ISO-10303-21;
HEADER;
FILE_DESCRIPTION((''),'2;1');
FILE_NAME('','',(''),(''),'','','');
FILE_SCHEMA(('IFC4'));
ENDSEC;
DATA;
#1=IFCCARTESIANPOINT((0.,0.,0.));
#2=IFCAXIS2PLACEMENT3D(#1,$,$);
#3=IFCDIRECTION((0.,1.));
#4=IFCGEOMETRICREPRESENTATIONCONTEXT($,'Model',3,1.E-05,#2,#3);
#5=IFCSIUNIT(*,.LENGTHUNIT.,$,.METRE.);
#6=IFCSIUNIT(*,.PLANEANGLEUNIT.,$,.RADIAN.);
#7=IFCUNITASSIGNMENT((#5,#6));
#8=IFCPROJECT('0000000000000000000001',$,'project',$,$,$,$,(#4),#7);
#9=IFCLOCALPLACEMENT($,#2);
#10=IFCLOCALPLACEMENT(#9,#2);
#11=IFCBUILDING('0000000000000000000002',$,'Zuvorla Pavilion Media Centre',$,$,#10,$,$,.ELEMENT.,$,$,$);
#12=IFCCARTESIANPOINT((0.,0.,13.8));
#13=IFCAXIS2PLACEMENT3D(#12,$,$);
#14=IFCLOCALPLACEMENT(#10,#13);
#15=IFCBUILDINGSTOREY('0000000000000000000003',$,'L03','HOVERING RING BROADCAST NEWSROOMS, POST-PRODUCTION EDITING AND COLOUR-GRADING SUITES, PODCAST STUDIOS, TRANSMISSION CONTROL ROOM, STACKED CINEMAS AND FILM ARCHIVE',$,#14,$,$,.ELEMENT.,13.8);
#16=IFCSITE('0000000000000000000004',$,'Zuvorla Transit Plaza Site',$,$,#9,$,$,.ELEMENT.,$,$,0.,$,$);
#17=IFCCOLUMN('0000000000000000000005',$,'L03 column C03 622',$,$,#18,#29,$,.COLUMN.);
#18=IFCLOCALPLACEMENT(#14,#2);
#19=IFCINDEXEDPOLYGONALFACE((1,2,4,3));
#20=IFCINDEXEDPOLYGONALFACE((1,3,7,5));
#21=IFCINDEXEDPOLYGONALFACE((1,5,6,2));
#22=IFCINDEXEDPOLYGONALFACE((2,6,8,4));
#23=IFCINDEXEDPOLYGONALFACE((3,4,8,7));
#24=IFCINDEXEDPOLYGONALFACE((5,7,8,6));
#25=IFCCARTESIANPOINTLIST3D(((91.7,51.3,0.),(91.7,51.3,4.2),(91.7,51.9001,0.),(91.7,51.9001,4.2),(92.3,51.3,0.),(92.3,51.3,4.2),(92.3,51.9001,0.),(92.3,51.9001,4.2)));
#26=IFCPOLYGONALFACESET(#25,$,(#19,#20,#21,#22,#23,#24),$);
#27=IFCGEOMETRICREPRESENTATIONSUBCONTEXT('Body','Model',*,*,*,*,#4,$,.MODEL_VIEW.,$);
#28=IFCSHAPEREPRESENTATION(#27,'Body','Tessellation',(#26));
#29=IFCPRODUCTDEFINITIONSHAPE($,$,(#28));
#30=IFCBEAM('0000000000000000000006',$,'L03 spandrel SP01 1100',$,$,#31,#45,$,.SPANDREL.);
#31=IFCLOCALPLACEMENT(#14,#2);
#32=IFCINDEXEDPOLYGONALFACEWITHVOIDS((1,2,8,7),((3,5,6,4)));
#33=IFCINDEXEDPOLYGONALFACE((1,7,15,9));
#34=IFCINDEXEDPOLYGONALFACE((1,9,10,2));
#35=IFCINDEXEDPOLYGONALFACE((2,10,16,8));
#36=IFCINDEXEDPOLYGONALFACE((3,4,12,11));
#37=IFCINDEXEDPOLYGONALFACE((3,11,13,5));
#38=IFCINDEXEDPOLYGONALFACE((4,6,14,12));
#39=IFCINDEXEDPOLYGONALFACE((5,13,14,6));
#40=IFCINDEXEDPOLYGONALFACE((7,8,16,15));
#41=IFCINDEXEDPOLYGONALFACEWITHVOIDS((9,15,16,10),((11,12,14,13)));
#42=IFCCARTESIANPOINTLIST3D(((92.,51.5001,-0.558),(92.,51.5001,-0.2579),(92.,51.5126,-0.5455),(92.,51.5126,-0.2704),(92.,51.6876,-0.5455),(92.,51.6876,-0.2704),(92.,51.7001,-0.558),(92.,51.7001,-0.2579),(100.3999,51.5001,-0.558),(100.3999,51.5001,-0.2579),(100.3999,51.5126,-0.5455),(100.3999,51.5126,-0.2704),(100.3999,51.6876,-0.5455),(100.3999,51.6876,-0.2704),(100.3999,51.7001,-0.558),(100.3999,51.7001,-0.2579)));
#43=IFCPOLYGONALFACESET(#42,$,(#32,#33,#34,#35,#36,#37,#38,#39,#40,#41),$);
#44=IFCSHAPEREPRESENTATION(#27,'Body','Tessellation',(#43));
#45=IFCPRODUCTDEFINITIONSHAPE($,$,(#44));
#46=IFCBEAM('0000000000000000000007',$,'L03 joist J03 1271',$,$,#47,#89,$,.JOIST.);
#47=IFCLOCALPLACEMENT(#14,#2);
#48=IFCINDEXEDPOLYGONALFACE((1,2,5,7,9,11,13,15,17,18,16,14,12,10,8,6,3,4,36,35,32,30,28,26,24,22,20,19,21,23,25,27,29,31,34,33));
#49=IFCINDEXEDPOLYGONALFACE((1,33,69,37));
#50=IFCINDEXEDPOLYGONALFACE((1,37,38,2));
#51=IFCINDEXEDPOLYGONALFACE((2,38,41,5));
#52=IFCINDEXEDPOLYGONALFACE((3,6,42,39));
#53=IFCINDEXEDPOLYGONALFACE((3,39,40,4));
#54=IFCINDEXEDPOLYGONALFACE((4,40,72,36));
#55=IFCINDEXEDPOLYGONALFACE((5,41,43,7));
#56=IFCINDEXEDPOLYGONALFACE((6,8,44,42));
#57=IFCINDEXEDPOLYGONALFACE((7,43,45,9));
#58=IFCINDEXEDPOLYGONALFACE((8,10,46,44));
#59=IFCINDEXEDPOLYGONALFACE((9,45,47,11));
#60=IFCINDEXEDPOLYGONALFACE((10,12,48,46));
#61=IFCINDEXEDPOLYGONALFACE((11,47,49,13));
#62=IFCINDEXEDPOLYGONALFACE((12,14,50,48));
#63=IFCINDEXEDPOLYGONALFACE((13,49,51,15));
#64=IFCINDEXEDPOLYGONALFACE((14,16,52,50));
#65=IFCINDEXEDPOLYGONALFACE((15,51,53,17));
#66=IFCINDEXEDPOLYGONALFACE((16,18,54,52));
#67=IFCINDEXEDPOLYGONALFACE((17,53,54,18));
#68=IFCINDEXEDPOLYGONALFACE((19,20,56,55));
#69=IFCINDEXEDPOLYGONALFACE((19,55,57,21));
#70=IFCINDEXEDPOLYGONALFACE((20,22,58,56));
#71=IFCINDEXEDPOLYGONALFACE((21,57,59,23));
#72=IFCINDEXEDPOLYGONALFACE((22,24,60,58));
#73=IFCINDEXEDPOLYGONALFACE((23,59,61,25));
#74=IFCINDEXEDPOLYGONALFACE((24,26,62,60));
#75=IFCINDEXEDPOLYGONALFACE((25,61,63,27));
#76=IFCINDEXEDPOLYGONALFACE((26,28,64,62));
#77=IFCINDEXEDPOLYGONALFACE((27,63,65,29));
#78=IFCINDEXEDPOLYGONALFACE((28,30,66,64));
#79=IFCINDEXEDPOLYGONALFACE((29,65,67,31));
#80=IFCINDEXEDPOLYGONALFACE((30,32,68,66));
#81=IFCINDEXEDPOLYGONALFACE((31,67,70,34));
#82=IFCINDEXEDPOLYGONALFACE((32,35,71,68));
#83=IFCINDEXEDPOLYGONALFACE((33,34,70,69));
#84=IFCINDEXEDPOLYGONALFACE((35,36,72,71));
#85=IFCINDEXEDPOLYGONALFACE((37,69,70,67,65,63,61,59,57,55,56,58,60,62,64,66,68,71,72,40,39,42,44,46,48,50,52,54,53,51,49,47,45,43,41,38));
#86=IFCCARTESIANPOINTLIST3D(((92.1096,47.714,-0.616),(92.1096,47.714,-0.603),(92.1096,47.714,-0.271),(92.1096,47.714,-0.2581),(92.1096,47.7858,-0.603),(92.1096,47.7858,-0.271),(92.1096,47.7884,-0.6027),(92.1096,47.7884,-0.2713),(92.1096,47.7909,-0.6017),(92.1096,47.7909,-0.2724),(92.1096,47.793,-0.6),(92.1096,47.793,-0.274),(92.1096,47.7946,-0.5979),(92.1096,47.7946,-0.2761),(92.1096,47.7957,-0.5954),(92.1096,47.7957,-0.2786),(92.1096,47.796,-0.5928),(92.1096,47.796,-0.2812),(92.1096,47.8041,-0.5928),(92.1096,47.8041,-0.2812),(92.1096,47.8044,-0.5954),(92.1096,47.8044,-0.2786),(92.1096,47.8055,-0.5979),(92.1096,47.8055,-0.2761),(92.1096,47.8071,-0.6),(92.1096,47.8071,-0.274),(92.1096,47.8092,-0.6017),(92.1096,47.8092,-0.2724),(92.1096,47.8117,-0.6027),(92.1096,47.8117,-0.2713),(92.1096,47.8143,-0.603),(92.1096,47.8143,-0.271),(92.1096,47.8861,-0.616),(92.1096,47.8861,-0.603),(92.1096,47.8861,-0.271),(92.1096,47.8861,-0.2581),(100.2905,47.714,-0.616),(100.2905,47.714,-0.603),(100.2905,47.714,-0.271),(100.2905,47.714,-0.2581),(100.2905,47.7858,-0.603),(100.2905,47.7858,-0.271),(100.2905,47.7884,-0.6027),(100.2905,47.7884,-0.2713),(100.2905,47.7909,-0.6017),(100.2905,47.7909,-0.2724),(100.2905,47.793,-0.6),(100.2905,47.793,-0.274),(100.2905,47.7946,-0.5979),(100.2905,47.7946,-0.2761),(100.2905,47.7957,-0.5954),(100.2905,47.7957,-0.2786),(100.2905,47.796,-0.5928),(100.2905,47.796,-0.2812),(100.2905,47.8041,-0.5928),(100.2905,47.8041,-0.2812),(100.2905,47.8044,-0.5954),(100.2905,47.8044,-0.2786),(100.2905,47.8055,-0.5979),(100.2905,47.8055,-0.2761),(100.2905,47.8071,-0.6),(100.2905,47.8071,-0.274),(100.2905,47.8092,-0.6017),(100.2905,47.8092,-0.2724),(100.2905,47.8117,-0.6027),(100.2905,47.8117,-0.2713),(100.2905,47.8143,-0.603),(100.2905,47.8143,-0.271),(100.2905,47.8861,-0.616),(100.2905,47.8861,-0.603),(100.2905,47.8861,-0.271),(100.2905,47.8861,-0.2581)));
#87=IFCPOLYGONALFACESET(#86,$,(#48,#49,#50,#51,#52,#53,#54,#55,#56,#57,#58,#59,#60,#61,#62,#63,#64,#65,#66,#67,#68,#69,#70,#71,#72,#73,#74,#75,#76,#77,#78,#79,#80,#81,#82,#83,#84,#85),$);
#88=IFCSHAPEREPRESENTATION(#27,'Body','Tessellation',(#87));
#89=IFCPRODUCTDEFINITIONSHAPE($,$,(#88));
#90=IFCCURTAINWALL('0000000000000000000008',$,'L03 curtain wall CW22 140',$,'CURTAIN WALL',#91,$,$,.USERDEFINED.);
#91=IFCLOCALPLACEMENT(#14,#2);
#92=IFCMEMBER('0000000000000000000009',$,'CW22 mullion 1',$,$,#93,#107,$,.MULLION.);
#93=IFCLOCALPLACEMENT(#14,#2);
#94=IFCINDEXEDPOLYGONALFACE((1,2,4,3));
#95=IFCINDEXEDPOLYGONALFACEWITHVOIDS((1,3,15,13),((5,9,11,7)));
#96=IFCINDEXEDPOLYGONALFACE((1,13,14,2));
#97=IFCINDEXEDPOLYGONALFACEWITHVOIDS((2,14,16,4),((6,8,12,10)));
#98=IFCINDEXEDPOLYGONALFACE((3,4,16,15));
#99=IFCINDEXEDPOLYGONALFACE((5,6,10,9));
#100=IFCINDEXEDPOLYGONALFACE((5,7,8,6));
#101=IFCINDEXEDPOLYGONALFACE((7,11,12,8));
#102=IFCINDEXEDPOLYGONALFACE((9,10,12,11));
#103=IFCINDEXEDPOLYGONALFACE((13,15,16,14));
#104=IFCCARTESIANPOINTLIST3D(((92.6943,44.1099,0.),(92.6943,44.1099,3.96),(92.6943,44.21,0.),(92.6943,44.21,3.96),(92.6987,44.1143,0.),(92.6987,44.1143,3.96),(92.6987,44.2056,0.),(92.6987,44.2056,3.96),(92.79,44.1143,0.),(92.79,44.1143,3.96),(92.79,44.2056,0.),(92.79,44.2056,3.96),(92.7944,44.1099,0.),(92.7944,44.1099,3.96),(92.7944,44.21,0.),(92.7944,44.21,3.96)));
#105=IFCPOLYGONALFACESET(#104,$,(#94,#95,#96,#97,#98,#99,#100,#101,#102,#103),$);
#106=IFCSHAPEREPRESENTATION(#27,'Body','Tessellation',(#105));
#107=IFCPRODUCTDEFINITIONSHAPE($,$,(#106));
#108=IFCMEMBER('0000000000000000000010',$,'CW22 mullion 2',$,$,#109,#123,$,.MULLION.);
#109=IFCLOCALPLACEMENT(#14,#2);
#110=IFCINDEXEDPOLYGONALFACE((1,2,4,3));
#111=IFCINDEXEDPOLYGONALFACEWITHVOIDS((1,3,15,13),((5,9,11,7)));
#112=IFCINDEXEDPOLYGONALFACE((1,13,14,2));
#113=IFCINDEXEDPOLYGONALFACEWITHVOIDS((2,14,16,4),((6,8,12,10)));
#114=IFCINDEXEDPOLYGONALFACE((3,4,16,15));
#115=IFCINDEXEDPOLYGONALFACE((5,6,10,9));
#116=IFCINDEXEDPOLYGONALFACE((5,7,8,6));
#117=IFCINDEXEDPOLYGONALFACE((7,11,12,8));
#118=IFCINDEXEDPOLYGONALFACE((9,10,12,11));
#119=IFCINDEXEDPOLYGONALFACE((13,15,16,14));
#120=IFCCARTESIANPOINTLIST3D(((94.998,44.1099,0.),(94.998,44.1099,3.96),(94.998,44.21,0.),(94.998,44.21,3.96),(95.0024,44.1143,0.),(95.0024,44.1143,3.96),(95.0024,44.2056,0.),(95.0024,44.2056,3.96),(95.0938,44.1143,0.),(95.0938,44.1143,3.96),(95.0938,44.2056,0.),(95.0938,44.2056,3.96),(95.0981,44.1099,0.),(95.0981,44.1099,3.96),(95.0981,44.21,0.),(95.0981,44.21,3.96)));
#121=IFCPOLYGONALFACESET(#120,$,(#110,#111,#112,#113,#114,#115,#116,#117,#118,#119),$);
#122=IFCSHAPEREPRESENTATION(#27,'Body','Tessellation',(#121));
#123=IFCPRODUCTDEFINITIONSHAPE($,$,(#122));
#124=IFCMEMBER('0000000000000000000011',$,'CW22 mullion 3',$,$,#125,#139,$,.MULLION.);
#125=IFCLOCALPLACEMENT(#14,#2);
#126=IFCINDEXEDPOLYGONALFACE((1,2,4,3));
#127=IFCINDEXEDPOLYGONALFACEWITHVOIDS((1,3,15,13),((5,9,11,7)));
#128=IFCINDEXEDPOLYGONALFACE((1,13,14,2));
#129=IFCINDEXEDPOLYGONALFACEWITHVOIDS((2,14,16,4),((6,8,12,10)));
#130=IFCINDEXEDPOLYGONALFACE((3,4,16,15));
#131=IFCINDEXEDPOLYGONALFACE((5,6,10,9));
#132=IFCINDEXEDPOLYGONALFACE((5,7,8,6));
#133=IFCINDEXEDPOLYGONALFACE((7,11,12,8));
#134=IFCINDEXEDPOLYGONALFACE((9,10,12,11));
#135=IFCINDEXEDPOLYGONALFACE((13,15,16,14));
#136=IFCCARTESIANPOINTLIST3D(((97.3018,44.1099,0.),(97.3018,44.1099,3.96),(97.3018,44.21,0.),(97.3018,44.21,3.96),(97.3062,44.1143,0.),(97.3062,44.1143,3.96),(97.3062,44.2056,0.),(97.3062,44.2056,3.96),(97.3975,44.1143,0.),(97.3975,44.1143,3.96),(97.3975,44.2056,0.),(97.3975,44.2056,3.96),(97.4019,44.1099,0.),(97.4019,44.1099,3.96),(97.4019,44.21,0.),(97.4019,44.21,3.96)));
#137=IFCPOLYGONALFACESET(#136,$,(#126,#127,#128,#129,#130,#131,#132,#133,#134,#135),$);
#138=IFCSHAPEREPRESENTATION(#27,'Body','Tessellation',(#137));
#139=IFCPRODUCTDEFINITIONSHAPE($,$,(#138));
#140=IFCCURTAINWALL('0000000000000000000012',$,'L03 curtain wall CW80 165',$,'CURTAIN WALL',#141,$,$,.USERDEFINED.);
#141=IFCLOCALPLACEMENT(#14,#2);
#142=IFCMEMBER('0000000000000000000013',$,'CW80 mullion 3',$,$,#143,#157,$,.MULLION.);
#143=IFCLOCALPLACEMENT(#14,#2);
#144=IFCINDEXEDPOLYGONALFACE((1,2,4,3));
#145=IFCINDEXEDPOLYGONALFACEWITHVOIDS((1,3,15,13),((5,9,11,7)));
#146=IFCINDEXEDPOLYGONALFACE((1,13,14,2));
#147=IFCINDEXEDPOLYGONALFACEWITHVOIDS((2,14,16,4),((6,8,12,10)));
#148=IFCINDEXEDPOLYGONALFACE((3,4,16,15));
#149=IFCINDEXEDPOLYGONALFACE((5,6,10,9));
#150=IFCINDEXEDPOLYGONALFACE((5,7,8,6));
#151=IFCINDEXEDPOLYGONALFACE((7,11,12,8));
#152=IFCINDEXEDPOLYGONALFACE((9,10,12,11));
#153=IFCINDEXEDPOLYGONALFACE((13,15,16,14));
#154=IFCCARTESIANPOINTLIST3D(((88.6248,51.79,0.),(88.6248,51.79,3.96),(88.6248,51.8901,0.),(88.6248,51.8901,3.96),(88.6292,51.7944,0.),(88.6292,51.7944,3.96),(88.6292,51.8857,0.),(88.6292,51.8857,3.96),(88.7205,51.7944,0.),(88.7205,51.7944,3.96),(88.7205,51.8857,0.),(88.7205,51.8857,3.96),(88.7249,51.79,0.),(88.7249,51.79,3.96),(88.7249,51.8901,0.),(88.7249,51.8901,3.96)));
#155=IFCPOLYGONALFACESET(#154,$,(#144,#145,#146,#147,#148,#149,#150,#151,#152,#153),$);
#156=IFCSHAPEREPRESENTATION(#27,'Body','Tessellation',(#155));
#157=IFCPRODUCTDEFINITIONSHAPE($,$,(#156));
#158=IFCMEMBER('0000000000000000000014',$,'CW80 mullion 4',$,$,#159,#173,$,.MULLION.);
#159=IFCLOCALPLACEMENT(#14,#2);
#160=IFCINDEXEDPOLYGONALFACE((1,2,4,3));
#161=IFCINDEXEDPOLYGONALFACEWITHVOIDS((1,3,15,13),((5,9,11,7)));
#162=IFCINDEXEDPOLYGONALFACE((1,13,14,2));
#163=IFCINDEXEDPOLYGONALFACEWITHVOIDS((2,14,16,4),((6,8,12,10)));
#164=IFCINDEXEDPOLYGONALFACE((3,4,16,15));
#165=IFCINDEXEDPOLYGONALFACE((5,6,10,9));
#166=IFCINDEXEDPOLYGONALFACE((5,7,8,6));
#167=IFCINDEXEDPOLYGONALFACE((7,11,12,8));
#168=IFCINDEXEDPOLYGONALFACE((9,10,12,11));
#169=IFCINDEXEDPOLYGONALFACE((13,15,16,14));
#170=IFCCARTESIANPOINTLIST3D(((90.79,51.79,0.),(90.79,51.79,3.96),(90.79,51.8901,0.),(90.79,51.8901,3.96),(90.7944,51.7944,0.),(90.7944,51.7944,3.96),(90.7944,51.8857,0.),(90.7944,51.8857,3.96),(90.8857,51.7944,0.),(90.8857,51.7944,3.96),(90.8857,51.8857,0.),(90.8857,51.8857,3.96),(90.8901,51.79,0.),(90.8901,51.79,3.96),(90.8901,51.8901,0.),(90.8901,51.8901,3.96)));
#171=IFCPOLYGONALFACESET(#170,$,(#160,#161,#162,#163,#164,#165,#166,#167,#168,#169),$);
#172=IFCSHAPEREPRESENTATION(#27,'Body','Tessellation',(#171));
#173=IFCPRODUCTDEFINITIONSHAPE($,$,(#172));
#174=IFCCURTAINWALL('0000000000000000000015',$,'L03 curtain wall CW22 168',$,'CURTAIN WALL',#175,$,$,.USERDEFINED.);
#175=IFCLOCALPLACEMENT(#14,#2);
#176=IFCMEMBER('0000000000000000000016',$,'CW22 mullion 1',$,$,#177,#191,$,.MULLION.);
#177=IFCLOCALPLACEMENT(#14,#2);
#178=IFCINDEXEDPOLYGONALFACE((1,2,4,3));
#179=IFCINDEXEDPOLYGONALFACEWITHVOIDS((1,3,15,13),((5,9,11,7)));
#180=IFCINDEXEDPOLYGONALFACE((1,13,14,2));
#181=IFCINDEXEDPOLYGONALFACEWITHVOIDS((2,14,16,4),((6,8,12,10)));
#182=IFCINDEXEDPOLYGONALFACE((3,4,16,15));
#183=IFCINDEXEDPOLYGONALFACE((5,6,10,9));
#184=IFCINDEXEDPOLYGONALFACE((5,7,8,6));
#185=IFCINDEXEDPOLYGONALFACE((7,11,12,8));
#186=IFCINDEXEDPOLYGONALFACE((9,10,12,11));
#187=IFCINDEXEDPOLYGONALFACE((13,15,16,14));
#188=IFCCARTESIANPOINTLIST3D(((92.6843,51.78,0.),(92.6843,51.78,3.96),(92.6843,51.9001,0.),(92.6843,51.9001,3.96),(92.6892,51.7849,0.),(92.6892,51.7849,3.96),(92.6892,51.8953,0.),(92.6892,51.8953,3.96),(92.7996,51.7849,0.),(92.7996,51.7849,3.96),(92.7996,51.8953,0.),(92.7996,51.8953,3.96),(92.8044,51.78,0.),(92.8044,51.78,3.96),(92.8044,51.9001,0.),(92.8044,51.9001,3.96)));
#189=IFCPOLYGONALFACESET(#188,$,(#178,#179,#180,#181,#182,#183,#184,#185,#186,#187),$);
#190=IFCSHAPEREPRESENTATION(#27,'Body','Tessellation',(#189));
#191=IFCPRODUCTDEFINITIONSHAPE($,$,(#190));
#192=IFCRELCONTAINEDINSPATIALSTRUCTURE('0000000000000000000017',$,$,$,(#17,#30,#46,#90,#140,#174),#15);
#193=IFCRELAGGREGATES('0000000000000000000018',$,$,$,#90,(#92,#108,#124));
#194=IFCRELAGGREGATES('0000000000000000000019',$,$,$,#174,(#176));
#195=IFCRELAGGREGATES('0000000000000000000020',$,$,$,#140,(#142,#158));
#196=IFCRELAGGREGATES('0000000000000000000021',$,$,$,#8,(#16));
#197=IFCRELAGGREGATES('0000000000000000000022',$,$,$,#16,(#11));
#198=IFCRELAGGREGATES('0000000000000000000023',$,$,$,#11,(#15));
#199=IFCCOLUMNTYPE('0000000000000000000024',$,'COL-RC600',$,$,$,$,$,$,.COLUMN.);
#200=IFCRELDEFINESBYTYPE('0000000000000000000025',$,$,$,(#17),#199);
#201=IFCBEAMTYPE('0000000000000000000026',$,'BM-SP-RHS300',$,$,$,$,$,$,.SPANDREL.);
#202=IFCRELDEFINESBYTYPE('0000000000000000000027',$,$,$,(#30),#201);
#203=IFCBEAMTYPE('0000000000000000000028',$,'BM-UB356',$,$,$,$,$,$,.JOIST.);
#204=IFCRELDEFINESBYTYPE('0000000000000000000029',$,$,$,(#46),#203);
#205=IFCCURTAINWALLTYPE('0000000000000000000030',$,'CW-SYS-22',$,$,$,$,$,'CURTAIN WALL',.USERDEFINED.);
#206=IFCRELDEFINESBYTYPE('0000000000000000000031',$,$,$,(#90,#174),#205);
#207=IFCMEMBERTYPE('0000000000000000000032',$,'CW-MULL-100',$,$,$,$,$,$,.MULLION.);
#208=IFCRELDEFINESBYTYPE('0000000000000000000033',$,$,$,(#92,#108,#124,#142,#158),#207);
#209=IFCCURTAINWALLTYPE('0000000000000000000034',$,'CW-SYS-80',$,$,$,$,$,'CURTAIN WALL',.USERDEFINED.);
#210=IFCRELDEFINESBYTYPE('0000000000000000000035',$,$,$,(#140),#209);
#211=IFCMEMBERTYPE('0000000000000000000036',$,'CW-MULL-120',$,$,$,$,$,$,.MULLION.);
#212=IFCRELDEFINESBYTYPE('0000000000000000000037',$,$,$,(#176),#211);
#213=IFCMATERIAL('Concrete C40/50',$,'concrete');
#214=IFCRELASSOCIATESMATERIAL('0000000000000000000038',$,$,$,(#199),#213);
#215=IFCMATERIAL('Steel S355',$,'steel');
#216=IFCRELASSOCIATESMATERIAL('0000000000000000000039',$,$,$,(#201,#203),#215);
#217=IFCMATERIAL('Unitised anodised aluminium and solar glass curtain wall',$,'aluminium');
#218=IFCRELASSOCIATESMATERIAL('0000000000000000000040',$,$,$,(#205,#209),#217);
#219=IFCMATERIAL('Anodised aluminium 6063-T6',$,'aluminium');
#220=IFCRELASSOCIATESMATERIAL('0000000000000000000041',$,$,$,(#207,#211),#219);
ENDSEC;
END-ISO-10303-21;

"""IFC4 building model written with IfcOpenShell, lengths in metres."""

from ifc_helpers import new_model, si_unit, direction, frame, origin, origin_2d, place, context, subcontext, project, spatial, rectangle, hollow_rectangle, i_section, extrude, material, material_profile, profile_set, type_object, element, aggregate, save


model = new_model("IFC4")

# Units and contexts
model_context = context("Model", 3, precision=1e-05, world=origin(), true_north=direction((0.0, 1.0)))
body_context = subcontext(model_context, "Body", "Model", "MODEL_VIEW")
ifc_project = project(units=[si_unit("LENGTHUNIT", "METRE"), si_unit("PLANEANGLEUNIT", "RADIAN")], contexts=[model_context])

# Site, building, storey
site_placement = place(None, origin())
site = spatial("IfcSite", under=ifc_project, at=site_placement, Name="Zuvorla Transit Plaza Site", CompositionType="ELEMENT", RefElevation=0.0)
building_placement = place(site_placement, origin())
building = spatial("IfcBuilding", under=site, at=building_placement, Name="Zuvorla Pavilion Media Centre", CompositionType="ELEMENT")
storey_placement = place(building_placement, frame((0.0, 0.0, 13.8)))
storey = spatial("IfcBuildingStorey", under=building, at=storey_placement, Name="L03", Description="HOVERING RING BROADCAST NEWSROOMS, POST-PRODUCTION EDITING AND COLOUR-GRADING SUITES, PODCAST STUDIOS, TRANSMISSION CONTROL ROOM, STACKED CINEMAS AND FILM ARCHIVE", CompositionType="ELEMENT", Elevation=13.8)

# Column
ifc_material_1 = material(Name="Concrete C40/50", Category="concrete")
ifc_material_profile_1 = material_profile(ifc_material_1, rectangle(XDim=0.6001, YDim=0.6001, at=origin_2d()), Name="RC 600x600")
ifc_profile_set_1 = profile_set([ifc_material_profile_1], Name="Concrete C40/50")
column_type = type_object("IfcColumnType", Name="COL-RC600", PredefinedType="COLUMN", material=ifc_profile_set_1)
column_placement = place(storey_placement, frame((92.0, 51.6001, 0.0), z_axis=(0.0, 0.0, 1.0), x_axis=(1.0, 0.0, 0.0)))
element("IfcColumn", 1, at=column_placement, inside=storey, type_object=column_type, Name="L03 column C03 622", PredefinedType="COLUMN", context=body_context, shape_type="SweptSolid", body=[
    extrude(rectangle(XDim=0.6001, YDim=0.6001, at=origin_2d()), origin(), (0.0, 0.0, 1.0), 4.2),
])

# Beams
ifc_material_2 = material(Name="Steel S355", Category="steel")
ifc_material_profile_2 = material_profile(ifc_material_2, hollow_rectangle(XDim=0.2, YDim=0.3, WallThickness=0.0125, at=origin_2d()), Name="RHS 300x200x12.5")
ifc_profile_set_2 = profile_set([ifc_material_profile_2], Name="Steel S355")
beam_type_1 = type_object("IfcBeamType", Name="BM-SP-RHS300", PredefinedType="SPANDREL", material=ifc_profile_set_2)
beam_1_placement = place(storey_placement, frame((92.0, 51.6001, -0.408), z_axis=(1.0, 0.0, 0.0), x_axis=(0.0, 1.0, 0.0)))
element("IfcBeam", 2, at=beam_1_placement, inside=storey, type_object=beam_type_1, Name="L03 spandrel SP01 1100", PredefinedType="SPANDREL", context=body_context, shape_type="SweptSolid", body=[
    extrude(hollow_rectangle(XDim=0.2, YDim=0.3, WallThickness=0.0125, at=origin_2d()), origin(), (0.0, 0.0, 1.0), 8.3999),
])
ifc_material_profile_3 = material_profile(ifc_material_2, i_section(OverallWidth=0.1721, OverallDepth=0.3579, WebThickness=0.0081, FlangeThickness=0.0129, FilletRadius=0.0103, at=origin_2d()), Name="UB 356x171x57")
ifc_profile_set_3 = profile_set([ifc_material_profile_3], Name="Steel S355")
beam_type_2 = type_object("IfcBeamType", Name="BM-UB356", PredefinedType="JOIST", material=ifc_profile_set_3)
beam_2_placement = place(storey_placement, frame((92.1096, 47.8, -0.437), z_axis=(1.0, 0.0, 0.0), x_axis=(0.0, 1.0, 0.0)))
element("IfcBeam", 3, at=beam_2_placement, inside=storey, type_object=beam_type_2, Name="L03 joist J03 1271", PredefinedType="JOIST", context=body_context, shape_type="SweptSolid", body=[
    extrude(i_section(OverallWidth=0.1721, OverallDepth=0.3579, WebThickness=0.0081, FlangeThickness=0.0129, FilletRadius=0.0103, at=origin_2d()), origin(), (0.0, 0.0, 1.0), 8.1809),
])

# Curtain walls, members
ifc_material_3 = material(Name="Unitised anodised aluminium and solar glass curtain wall", Category="aluminium")
curtain_wall_type_1 = type_object("IfcCurtainWallType", Name="CW-SYS-22", ElementType="CURTAIN WALL", PredefinedType="USERDEFINED", material=ifc_material_3)
curtain_wall_1_placement = place(storey_placement, origin())
curtain_wall_1 = element("IfcCurtainWall", 4, at=curtain_wall_1_placement, inside=storey, type_object=curtain_wall_type_1, Name="L03 curtain wall CW22 140", ObjectType="CURTAIN WALL", PredefinedType="USERDEFINED")
ifc_material_4 = material(Name="Anodised aluminium 6063-T6", Category="aluminium")
ifc_material_profile_4 = material_profile(ifc_material_4, hollow_rectangle(XDim=0.1001, YDim=0.1001, WallThickness=0.0044, at=origin_2d()), Name="ALU MULL 100x100")
ifc_profile_set_4 = profile_set([ifc_material_profile_4], Name="Anodised aluminium 6063-T6")
member_type_1 = type_object("IfcMemberType", Name="CW-MULL-100", PredefinedType="MULLION", material=ifc_profile_set_4)
member_1_placement = place(storey_placement, frame((92.7444, 44.1599, 0.0), z_axis=(0.0, 0.0, 1.0), x_axis=(1.0, 0.0, 0.0)))
member_1 = element("IfcMember", 5, at=member_1_placement, type_object=member_type_1, Name="CW22 mullion 1", PredefinedType="MULLION", context=body_context, shape_type="SweptSolid", body=[
    extrude(hollow_rectangle(XDim=0.1001, YDim=0.1001, WallThickness=0.0044, at=origin_2d()), origin(), (0.0, 0.0, 1.0), 3.96),
])
member_2_placement = place(storey_placement, frame((95.0481, 44.1599, 0.0), z_axis=(0.0, 0.0, 1.0), x_axis=(1.0, 0.0, 0.0)))
member_2 = element("IfcMember", 6, at=member_2_placement, type_object=member_type_1, Name="CW22 mullion 2", PredefinedType="MULLION", context=body_context, shape_type="SweptSolid", body=[
    extrude(hollow_rectangle(XDim=0.1001, YDim=0.1001, WallThickness=0.0044, at=origin_2d()), origin(), (0.0, 0.0, 1.0), 3.96),
])
member_3_placement = place(storey_placement, frame((97.3518, 44.1599, 0.0), z_axis=(0.0, 0.0, 1.0), x_axis=(1.0, 0.0, 0.0)))
member_3 = element("IfcMember", 7, at=member_3_placement, type_object=member_type_1, Name="CW22 mullion 3", PredefinedType="MULLION", context=body_context, shape_type="SweptSolid", body=[
    extrude(hollow_rectangle(XDim=0.1001, YDim=0.1001, WallThickness=0.0044, at=origin_2d()), origin(), (0.0, 0.0, 1.0), 3.96),
])
curtain_wall_type_2 = type_object("IfcCurtainWallType", Name="CW-SYS-80", ElementType="CURTAIN WALL", PredefinedType="USERDEFINED", material=ifc_material_3)
curtain_wall_2_placement = place(storey_placement, origin())
curtain_wall_2 = element("IfcCurtainWall", 8, at=curtain_wall_2_placement, inside=storey, type_object=curtain_wall_type_2, Name="L03 curtain wall CW80 165", ObjectType="CURTAIN WALL", PredefinedType="USERDEFINED")
member_4_placement = place(storey_placement, frame((88.6748, 51.8401, 0.0), z_axis=(0.0, 0.0, 1.0), x_axis=(1.0, 0.0, 0.0)))
member_4 = element("IfcMember", 9, at=member_4_placement, type_object=member_type_1, Name="CW80 mullion 3", PredefinedType="MULLION", context=body_context, shape_type="SweptSolid", body=[
    extrude(hollow_rectangle(XDim=0.1001, YDim=0.1001, WallThickness=0.0044, at=origin_2d()), origin(), (0.0, 0.0, 1.0), 3.96),
])
member_5_placement = place(storey_placement, frame((90.8401, 51.8401, 0.0), z_axis=(0.0, 0.0, 1.0), x_axis=(1.0, 0.0, 0.0)))
member_5 = element("IfcMember", 10, at=member_5_placement, type_object=member_type_1, Name="CW80 mullion 4", PredefinedType="MULLION", context=body_context, shape_type="SweptSolid", body=[
    extrude(hollow_rectangle(XDim=0.1001, YDim=0.1001, WallThickness=0.0044, at=origin_2d()), origin(), (0.0, 0.0, 1.0), 3.96),
])
curtain_wall_3_placement = place(storey_placement, origin())
curtain_wall_3 = element("IfcCurtainWall", 11, at=curtain_wall_3_placement, inside=storey, type_object=curtain_wall_type_1, Name="L03 curtain wall CW22 168", ObjectType="CURTAIN WALL", PredefinedType="USERDEFINED")
ifc_material_profile_5 = material_profile(ifc_material_4, hollow_rectangle(XDim=0.1201, YDim=0.1201, WallThickness=0.0049, at=origin_2d()), Name="ALU MULL 120x120")
ifc_profile_set_5 = profile_set([ifc_material_profile_5], Name="Anodised aluminium 6063-T6")
member_type_2 = type_object("IfcMemberType", Name="CW-MULL-120", PredefinedType="MULLION", material=ifc_profile_set_5)
member_6_placement = place(storey_placement, frame((92.7444, 51.8401, 0.0), z_axis=(0.0, 0.0, 1.0), x_axis=(1.0, 0.0, 0.0)))
member_6 = element("IfcMember", 12, at=member_6_placement, type_object=member_type_2, Name="CW22 mullion 1", PredefinedType="MULLION", context=body_context, shape_type="SweptSolid", body=[
    extrude(hollow_rectangle(XDim=0.1201, YDim=0.1201, WallThickness=0.0049, at=origin_2d()), origin(), (0.0, 0.0, 1.0), 3.96),
])

aggregate(curtain_wall_1, [member_1, member_2, member_3])
aggregate(curtain_wall_3, [member_6])
aggregate(curtain_wall_2, [member_4, member_5])

save(model, "model.ifc")
